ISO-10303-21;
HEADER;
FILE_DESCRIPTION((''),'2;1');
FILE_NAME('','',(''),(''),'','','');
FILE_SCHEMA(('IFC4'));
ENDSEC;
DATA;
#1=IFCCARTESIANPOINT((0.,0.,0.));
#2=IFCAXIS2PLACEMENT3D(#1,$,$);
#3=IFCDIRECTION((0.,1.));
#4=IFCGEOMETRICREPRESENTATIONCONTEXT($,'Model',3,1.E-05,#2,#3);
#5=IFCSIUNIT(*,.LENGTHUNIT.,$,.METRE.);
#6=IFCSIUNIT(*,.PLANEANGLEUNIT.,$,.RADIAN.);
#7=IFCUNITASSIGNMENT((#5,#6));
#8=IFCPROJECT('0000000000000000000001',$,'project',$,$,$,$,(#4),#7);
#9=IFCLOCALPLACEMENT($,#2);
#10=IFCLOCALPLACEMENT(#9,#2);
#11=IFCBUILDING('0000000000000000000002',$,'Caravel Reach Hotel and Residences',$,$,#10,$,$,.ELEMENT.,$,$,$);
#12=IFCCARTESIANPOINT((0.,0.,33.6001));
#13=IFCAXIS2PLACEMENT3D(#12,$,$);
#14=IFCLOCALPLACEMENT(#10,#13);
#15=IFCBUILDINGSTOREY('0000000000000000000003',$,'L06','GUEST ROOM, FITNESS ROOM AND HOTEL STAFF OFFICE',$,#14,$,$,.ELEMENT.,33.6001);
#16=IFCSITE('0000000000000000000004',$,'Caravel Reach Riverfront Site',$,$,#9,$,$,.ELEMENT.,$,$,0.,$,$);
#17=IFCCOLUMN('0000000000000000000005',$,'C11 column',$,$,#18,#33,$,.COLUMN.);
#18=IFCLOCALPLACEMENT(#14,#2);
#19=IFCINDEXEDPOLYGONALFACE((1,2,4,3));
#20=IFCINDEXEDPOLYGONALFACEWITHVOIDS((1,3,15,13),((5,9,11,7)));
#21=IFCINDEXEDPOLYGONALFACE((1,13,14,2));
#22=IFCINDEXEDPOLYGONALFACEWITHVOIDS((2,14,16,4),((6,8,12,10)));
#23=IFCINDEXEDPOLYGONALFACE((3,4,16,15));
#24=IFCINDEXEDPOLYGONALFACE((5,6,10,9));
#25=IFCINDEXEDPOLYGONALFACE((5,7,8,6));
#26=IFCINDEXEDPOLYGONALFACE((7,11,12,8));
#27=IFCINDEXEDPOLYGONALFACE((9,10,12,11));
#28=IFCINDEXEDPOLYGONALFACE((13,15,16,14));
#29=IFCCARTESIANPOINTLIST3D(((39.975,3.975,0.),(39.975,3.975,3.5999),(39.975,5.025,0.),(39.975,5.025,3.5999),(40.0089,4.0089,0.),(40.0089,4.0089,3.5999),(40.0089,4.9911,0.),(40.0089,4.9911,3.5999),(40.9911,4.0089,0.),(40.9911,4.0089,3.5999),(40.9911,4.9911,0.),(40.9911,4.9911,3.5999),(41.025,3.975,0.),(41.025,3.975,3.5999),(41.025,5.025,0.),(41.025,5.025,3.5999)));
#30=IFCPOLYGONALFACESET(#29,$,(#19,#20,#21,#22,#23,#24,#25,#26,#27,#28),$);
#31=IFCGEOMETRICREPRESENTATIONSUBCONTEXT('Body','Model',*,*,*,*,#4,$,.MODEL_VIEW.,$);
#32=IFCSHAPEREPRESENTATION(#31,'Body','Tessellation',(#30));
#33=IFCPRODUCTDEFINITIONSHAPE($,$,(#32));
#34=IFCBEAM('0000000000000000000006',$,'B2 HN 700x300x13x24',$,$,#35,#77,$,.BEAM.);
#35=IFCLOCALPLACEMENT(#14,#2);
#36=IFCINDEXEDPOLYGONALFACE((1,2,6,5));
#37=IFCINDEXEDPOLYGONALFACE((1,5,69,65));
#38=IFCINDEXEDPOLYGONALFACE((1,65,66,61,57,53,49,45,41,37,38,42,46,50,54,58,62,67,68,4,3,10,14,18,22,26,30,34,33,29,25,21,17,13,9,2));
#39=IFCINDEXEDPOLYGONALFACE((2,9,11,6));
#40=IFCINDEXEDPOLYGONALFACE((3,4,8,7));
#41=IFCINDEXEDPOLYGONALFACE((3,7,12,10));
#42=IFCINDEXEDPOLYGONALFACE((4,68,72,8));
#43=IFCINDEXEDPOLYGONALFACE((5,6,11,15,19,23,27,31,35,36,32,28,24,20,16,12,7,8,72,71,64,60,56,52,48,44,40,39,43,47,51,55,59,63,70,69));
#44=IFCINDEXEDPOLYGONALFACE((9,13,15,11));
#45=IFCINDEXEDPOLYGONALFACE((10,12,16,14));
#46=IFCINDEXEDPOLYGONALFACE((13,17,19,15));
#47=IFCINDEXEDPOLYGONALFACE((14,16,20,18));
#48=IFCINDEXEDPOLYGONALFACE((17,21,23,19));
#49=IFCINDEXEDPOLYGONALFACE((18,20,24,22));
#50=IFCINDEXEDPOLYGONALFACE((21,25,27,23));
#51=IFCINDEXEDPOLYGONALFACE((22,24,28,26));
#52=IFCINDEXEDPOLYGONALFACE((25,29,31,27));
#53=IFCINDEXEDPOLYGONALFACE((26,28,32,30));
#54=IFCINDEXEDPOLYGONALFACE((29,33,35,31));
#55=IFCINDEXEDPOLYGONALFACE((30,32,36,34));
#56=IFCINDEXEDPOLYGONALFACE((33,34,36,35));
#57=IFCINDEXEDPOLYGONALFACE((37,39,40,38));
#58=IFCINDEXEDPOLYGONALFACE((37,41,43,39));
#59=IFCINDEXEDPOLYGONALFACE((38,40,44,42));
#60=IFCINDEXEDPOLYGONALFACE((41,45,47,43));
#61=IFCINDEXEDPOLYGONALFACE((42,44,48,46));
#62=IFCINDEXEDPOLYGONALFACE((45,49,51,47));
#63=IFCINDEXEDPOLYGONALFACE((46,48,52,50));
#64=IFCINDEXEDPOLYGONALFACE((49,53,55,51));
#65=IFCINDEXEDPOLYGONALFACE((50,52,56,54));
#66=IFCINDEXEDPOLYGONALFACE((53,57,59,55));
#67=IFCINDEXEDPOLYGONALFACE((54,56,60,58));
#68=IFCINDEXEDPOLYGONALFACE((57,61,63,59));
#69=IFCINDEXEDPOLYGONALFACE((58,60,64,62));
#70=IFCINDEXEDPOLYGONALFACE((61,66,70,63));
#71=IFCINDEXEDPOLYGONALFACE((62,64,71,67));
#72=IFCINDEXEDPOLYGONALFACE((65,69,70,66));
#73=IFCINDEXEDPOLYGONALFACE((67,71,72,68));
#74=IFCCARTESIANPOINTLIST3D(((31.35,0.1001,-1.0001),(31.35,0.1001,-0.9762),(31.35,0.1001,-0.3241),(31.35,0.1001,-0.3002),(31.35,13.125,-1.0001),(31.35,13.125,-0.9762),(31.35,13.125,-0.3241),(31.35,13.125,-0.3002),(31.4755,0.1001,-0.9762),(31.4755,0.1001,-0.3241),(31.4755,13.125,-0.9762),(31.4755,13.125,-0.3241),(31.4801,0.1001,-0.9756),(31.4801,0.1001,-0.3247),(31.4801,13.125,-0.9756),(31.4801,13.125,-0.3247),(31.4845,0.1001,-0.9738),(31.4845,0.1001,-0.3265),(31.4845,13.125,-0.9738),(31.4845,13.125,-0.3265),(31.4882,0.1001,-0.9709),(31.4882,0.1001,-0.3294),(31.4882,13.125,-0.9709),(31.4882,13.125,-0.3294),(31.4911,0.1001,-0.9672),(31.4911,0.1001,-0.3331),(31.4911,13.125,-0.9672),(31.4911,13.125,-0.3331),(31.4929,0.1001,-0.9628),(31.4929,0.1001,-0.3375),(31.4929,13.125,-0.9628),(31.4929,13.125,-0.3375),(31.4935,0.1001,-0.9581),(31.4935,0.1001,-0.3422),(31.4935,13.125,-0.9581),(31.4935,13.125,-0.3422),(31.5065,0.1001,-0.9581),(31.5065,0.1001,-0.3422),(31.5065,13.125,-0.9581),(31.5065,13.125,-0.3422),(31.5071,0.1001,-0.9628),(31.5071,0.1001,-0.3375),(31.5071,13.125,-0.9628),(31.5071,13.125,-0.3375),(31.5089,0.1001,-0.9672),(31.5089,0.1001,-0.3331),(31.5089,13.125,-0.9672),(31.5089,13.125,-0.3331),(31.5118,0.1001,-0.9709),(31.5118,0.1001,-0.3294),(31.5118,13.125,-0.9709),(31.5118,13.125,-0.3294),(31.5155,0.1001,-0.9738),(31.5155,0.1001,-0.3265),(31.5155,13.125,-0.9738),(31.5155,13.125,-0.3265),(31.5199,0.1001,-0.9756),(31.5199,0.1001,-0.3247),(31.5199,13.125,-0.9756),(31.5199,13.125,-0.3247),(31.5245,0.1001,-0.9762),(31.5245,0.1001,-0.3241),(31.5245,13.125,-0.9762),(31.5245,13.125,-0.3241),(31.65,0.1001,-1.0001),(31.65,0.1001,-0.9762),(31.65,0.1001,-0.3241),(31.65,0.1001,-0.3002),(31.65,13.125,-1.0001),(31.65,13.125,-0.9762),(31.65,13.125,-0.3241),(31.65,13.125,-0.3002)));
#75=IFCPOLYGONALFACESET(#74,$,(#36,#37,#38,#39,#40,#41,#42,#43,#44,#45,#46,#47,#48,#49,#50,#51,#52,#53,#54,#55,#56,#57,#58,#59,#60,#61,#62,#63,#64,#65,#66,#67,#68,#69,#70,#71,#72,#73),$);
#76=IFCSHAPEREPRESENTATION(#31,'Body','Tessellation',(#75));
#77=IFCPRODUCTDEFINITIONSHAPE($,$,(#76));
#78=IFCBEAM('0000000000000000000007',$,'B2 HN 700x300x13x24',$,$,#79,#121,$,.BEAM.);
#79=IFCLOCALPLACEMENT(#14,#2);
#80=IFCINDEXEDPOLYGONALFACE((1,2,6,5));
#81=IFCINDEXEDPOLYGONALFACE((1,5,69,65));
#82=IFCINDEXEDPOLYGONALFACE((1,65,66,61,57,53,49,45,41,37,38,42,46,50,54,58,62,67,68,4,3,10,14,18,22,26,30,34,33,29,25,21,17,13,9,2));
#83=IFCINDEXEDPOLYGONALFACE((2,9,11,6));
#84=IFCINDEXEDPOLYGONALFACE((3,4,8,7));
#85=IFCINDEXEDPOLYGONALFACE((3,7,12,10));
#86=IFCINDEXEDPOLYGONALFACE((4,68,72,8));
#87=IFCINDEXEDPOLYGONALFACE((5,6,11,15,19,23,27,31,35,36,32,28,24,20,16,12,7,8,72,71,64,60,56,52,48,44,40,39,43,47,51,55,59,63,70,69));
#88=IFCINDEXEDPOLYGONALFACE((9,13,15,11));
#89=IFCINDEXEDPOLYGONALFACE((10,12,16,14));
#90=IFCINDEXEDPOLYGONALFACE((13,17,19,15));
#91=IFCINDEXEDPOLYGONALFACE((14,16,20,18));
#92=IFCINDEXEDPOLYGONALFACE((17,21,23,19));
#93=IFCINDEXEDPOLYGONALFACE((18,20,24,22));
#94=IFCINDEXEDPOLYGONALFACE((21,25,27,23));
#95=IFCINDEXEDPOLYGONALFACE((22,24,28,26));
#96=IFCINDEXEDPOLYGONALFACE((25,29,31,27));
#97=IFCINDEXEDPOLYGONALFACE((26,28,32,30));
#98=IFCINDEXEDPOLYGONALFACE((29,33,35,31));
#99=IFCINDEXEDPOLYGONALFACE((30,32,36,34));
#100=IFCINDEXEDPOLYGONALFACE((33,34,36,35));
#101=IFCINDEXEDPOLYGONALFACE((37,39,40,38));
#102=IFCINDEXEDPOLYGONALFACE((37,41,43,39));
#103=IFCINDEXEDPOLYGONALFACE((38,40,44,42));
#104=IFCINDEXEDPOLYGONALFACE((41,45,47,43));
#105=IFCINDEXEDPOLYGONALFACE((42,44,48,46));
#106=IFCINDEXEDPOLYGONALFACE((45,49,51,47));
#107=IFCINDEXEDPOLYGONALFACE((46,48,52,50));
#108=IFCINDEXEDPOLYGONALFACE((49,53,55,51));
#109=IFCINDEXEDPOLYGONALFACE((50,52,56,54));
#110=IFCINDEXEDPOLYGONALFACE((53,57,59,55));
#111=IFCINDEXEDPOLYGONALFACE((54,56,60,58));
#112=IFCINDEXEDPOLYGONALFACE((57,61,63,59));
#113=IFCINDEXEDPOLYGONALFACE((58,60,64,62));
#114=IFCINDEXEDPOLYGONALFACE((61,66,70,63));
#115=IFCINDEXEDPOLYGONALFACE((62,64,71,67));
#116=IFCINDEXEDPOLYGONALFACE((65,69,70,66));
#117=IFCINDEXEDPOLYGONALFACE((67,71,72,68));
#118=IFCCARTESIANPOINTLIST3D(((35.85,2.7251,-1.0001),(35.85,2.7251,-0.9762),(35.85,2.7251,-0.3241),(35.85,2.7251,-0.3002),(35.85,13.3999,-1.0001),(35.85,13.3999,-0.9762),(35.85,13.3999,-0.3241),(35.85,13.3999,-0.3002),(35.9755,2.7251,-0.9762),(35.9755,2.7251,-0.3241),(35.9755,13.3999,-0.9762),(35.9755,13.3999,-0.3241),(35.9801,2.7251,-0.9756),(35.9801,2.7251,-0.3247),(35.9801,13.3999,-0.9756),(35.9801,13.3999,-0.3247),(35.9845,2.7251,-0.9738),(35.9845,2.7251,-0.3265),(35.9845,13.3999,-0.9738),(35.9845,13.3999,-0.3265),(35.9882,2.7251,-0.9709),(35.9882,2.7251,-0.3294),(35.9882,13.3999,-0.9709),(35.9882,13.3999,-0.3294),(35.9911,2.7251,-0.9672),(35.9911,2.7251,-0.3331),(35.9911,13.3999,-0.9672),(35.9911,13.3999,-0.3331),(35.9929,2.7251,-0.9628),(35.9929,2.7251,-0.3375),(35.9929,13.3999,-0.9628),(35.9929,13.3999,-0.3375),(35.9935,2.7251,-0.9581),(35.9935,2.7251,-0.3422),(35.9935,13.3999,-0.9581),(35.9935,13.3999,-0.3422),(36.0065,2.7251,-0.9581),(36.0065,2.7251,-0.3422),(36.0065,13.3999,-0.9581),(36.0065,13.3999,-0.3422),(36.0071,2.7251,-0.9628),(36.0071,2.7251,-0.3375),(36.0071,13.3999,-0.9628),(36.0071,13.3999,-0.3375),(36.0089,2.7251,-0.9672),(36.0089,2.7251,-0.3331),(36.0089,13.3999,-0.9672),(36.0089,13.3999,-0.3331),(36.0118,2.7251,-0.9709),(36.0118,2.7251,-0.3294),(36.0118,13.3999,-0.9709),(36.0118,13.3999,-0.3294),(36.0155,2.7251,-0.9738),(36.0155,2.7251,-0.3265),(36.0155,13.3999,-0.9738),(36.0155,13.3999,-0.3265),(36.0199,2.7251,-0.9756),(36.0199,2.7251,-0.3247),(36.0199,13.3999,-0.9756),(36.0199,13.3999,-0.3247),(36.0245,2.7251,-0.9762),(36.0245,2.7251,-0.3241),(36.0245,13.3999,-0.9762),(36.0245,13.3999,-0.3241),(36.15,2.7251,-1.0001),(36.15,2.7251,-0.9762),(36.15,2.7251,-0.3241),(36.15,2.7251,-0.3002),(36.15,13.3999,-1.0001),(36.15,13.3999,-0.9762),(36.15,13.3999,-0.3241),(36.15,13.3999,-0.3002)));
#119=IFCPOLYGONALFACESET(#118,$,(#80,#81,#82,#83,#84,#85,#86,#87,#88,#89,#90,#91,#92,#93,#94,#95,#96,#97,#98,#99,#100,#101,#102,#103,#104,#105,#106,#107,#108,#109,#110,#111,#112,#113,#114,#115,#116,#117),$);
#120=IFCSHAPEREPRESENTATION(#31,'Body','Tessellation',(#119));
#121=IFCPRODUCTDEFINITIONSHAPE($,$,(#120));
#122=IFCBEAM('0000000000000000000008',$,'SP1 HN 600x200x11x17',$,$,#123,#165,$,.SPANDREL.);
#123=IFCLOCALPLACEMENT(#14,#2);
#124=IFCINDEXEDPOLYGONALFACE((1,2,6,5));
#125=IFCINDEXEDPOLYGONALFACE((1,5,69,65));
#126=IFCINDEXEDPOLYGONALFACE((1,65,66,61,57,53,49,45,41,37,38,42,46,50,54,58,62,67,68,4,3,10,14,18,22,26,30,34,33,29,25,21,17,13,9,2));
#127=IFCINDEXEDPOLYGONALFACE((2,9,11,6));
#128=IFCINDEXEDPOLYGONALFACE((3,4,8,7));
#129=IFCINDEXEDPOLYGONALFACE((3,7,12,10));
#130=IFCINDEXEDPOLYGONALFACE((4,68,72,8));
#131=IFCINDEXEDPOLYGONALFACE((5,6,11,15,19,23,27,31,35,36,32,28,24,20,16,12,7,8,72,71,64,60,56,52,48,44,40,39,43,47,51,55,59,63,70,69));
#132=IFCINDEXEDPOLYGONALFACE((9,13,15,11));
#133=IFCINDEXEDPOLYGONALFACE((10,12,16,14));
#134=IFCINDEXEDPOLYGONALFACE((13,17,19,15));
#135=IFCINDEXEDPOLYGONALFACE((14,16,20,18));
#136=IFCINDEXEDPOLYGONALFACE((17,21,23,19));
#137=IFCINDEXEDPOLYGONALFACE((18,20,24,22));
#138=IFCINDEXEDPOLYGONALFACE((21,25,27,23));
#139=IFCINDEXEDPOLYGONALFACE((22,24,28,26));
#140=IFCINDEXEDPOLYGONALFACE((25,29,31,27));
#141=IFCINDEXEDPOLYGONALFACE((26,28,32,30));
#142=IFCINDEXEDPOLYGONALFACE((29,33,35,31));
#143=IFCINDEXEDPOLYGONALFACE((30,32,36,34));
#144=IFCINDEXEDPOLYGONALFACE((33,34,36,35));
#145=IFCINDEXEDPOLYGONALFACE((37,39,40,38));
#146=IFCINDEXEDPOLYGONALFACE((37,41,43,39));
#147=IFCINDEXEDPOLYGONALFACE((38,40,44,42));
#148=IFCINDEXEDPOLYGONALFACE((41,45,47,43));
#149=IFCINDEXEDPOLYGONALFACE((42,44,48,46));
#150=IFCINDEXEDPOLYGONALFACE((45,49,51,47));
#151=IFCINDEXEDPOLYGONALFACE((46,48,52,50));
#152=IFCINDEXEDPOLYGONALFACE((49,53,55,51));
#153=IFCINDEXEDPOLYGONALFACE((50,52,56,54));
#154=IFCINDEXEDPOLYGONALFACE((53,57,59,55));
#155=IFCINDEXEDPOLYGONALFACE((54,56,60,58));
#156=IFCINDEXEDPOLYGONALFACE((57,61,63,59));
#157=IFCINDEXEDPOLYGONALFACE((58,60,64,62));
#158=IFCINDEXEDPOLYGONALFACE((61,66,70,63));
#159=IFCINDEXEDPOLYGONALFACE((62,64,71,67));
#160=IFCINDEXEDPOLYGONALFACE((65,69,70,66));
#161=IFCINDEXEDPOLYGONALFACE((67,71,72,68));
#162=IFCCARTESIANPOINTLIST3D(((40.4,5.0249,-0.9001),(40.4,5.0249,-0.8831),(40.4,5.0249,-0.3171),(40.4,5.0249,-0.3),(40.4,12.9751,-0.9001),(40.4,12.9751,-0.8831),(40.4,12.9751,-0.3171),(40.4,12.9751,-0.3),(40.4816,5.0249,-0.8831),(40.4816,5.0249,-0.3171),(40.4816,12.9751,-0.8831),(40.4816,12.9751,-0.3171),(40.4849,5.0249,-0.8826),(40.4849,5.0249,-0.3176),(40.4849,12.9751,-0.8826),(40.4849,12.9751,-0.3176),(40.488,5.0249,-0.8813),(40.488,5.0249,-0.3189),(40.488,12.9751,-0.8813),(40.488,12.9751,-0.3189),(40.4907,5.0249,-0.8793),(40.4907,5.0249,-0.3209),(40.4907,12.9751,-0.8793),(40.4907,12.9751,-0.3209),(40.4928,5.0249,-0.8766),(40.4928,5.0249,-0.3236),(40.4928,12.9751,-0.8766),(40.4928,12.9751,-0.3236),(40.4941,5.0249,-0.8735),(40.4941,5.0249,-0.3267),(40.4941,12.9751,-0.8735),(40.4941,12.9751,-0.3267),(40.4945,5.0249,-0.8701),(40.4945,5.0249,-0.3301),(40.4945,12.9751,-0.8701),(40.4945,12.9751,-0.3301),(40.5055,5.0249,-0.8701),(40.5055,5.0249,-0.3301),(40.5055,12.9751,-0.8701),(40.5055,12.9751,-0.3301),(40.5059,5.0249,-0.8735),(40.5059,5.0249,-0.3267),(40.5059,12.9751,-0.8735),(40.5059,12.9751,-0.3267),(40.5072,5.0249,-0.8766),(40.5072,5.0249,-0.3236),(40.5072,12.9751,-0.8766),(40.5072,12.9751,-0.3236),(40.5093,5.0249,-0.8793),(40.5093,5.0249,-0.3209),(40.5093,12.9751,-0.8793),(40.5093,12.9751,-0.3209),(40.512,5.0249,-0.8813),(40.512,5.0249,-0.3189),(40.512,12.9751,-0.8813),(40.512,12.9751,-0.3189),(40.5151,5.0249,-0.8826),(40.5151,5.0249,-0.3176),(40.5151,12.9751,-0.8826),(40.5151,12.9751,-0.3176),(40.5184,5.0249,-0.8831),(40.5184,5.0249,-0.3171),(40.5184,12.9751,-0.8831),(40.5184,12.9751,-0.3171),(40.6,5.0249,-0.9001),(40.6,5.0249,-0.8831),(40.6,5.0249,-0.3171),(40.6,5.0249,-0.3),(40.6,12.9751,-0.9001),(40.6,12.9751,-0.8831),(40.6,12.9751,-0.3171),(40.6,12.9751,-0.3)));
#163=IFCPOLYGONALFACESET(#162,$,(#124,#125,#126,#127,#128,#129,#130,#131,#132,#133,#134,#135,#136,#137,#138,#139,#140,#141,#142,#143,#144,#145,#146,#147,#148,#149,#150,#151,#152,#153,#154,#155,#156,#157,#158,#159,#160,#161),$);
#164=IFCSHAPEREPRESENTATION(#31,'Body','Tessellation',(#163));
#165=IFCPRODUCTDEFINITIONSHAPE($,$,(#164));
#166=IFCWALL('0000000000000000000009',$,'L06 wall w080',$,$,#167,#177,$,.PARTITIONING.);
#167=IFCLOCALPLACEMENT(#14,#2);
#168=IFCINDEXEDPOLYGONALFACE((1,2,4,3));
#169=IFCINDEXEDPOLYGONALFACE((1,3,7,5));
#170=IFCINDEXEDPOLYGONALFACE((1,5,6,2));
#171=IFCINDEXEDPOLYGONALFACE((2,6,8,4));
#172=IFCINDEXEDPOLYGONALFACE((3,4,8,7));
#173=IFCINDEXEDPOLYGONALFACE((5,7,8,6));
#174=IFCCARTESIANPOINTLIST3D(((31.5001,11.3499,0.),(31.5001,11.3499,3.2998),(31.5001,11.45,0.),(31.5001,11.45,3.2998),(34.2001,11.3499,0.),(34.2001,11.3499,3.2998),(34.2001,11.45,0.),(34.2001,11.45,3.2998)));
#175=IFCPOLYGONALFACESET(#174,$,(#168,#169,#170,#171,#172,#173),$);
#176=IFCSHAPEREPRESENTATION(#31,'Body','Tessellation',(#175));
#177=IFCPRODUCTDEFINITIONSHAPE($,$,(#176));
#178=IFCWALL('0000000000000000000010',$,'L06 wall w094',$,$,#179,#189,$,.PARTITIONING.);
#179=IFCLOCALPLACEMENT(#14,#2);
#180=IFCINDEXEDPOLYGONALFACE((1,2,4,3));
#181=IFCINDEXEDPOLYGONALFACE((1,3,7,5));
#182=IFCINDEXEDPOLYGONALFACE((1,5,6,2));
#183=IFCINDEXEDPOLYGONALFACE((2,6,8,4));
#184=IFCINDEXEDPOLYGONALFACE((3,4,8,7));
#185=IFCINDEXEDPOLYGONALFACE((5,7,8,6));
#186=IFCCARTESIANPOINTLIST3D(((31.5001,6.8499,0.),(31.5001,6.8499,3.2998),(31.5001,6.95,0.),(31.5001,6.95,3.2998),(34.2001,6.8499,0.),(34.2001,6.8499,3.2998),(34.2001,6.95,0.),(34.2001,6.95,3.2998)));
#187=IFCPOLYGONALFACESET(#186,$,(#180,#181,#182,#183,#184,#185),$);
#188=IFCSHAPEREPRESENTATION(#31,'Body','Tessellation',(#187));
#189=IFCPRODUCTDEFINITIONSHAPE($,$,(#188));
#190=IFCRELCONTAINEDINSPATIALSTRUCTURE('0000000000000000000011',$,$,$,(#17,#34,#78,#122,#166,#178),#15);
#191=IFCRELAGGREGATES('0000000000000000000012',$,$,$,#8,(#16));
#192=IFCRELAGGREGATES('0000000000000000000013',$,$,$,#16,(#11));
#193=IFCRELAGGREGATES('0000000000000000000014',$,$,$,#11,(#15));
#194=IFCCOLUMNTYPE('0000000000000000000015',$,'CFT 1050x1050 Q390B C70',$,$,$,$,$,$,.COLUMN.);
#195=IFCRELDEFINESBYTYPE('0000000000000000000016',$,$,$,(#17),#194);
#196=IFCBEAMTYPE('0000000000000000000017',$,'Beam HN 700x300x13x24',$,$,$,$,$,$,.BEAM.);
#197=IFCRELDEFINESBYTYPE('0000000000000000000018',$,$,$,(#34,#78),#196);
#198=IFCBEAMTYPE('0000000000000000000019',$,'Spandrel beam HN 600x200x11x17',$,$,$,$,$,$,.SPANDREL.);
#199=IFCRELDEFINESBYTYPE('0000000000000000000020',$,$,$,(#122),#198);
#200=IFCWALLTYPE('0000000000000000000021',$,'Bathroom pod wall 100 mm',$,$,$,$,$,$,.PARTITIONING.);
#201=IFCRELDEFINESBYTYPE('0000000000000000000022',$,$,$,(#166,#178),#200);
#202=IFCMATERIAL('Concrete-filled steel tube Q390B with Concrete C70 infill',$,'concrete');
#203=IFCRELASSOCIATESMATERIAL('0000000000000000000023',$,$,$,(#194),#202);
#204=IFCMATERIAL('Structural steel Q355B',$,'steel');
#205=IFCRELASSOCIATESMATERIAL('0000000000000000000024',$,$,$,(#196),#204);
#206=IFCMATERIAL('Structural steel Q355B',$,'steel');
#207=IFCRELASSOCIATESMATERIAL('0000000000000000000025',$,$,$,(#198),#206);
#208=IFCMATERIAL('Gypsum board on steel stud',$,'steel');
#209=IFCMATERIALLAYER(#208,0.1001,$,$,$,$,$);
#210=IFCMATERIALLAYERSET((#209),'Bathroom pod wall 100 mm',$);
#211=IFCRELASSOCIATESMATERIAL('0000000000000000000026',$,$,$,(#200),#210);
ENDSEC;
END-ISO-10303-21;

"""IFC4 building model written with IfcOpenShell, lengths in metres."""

from ifc_helpers import new_model, si_unit, direction, frame, frame_2d, origin, origin_2d, place, context, subcontext, project, spatial, rectangle, hollow_rectangle, i_section, extrude, material, layer, layer_set, material_profile, profile_set, type_object, element, save


model = new_model("IFC4")

# Units and contexts
model_context = context("Model", 3, precision=1e-05, world=origin(), true_north=direction((0.0, 1.0)))
body_context = subcontext(model_context, "Body", "Model", "MODEL_VIEW")
ifc_project = project(units=[si_unit("LENGTHUNIT", "METRE"), si_unit("PLANEANGLEUNIT", "RADIAN")], contexts=[model_context])

# Site, building, storey
site_placement = place(None, origin())
site = spatial("IfcSite", under=ifc_project, at=site_placement, Name="Caravel Reach Riverfront Site", CompositionType="ELEMENT", RefElevation=0.0)
building_placement = place(site_placement, origin())
building = spatial("IfcBuilding", under=site, at=building_placement, Name="Caravel Reach Hotel and Residences", CompositionType="ELEMENT")
storey_placement = place(building_placement, frame((0.0, 0.0, 33.6001)))
storey = spatial("IfcBuildingStorey", under=building, at=storey_placement, Name="L06", Description="GUEST ROOM, FITNESS ROOM AND HOTEL STAFF OFFICE", CompositionType="ELEMENT", Elevation=33.6001)

# Column
ifc_material_1 = material(Name="Concrete-filled steel tube Q390B with Concrete C70 infill", Category="concrete")
ifc_material_profile_1 = material_profile(ifc_material_1, hollow_rectangle(XDim=1.05, YDim=1.05, WallThickness=0.0339, at=origin_2d()), Name="RHS 1050x1050x34")
ifc_profile_set_1 = profile_set([ifc_material_profile_1], Name="Concrete-filled steel tube Q390B with Concrete C70 infill")
column_type = type_object("IfcColumnType", Name="CFT 1050x1050 Q390B C70", PredefinedType="COLUMN", material=ifc_profile_set_1)
column_placement = place(storey_placement, frame((40.5, 4.5, 0.0), z_axis=(0.0, 0.0, 1.0), x_axis=(1.0, 0.0, 0.0)))
element("IfcColumn", 1, at=column_placement, inside=storey, type_object=column_type, Name="C11 column", PredefinedType="COLUMN", context=body_context, shape_type="SweptSolid", body=[
    extrude(hollow_rectangle(XDim=1.05, YDim=1.05, WallThickness=0.0339, at=origin_2d()), origin(), (0.0, 0.0, 1.0), 3.5999),
])

# Beams
ifc_material_2 = material(Name="Structural steel Q355B", Category="steel")
ifc_material_profile_2 = material_profile(ifc_material_2, i_section(OverallWidth=0.3, OverallDepth=0.7, WebThickness=0.0129, FlangeThickness=0.0239, FilletRadius=0.0181, at=origin_2d()), Name="HN 700x300x13x24")
ifc_profile_set_2 = profile_set([ifc_material_profile_2], Name="Structural steel Q355B")
beam_type_1 = type_object("IfcBeamType", Name="Beam HN 700x300x13x24", PredefinedType="BEAM", material=ifc_profile_set_2)
beam_1_placement = place(storey_placement, frame((31.5, 13.125, -0.6501), z_axis=(0.0, -1.0, 0.0), x_axis=(1.0, 0.0, 0.0)))
element("IfcBeam", 2, at=beam_1_placement, inside=storey, type_object=beam_type_1, Name="B2 HN 700x300x13x24", PredefinedType="BEAM", context=body_context, shape_type="SweptSolid", body=[
    extrude(i_section(OverallWidth=0.3, OverallDepth=0.7, WebThickness=0.0129, FlangeThickness=0.0239, FilletRadius=0.0181, at=origin_2d()), origin(), (0.0, 0.0, 1.0), 13.0249),
])
beam_2_placement = place(storey_placement, frame((36.0, 13.3999, -0.6501), z_axis=(0.0, -1.0, 0.0), x_axis=(1.0, 0.0, 0.0)))
element("IfcBeam", 3, at=beam_2_placement, inside=storey, type_object=beam_type_1, Name="B2 HN 700x300x13x24", PredefinedType="BEAM", context=body_context, shape_type="SweptSolid", body=[
    extrude(i_section(OverallWidth=0.3, OverallDepth=0.7, WebThickness=0.0129, FlangeThickness=0.0239, FilletRadius=0.0181, at=origin_2d()), origin(), (0.0, 0.0, 1.0), 10.6748),
])
ifc_material_3 = material(Name="Structural steel Q355B", Category="steel")
ifc_material_profile_3 = material_profile(ifc_material_3, i_section(OverallWidth=0.2, OverallDepth=0.6001, WebThickness=0.011, FlangeThickness=0.0171, FilletRadius=0.0129, at=origin_2d()), Name="HN 600x200x11x17")
ifc_profile_set_3 = profile_set([ifc_material_profile_3], Name="Structural steel Q355B")
beam_type_2 = type_object("IfcBeamType", Name="Spandrel beam HN 600x200x11x17", PredefinedType="SPANDREL", material=ifc_profile_set_3)
beam_3_placement = place(storey_placement, frame((40.5, 5.0249, -0.6001), z_axis=(0.0, 1.0, 0.0), x_axis=(-1.0, 0.0, 0.0)))
element("IfcBeam", 4, at=beam_3_placement, inside=storey, type_object=beam_type_2, Name="SP1 HN 600x200x11x17", PredefinedType="SPANDREL", context=body_context, shape_type="SweptSolid", body=[
    extrude(i_section(OverallWidth=0.2, OverallDepth=0.6001, WebThickness=0.011, FlangeThickness=0.0171, FilletRadius=0.0129, at=origin_2d()), origin(), (0.0, 0.0, 1.0), 7.9502),
])

# Walls
ifc_material_4 = material(Name="Gypsum board on steel stud", Category="steel")
ifc_layer_1 = layer(ifc_material_4, 0.1001)
ifc_layer_set_1 = layer_set([ifc_layer_1], Name="Bathroom pod wall 100 mm")
wall_type_1 = type_object("IfcWallType", Name="Bathroom pod wall 100 mm", PredefinedType="PARTITIONING", material=ifc_layer_set_1)
for number, where, z_axis, x_axis, name in (
    (5, (31.5, 11.3999, 0.0), (0.0, 0.0, 1.0), (1.0, 0.0, 0.0), "L06 wall w080"),
    (6, (31.5, 6.8999, 0.0), (0.0, 0.0, 1.0), (1.0, 0.0, 0.0), "L06 wall w094"),
):
    element("IfcWall", number, at=place(storey_placement, frame(where, z_axis=z_axis, x_axis=x_axis)), inside=storey, type_object=wall_type_1, Name=name, PredefinedType="PARTITIONING", context=body_context, shape_type="SweptSolid", body=[
        extrude(rectangle(XDim=2.7, YDim=0.1001, at=frame_2d((1.3501, 0.0))), origin(), (0.0, 0.0, 1.0), 3.2998),
    ])

save(model, "model.ifc")
